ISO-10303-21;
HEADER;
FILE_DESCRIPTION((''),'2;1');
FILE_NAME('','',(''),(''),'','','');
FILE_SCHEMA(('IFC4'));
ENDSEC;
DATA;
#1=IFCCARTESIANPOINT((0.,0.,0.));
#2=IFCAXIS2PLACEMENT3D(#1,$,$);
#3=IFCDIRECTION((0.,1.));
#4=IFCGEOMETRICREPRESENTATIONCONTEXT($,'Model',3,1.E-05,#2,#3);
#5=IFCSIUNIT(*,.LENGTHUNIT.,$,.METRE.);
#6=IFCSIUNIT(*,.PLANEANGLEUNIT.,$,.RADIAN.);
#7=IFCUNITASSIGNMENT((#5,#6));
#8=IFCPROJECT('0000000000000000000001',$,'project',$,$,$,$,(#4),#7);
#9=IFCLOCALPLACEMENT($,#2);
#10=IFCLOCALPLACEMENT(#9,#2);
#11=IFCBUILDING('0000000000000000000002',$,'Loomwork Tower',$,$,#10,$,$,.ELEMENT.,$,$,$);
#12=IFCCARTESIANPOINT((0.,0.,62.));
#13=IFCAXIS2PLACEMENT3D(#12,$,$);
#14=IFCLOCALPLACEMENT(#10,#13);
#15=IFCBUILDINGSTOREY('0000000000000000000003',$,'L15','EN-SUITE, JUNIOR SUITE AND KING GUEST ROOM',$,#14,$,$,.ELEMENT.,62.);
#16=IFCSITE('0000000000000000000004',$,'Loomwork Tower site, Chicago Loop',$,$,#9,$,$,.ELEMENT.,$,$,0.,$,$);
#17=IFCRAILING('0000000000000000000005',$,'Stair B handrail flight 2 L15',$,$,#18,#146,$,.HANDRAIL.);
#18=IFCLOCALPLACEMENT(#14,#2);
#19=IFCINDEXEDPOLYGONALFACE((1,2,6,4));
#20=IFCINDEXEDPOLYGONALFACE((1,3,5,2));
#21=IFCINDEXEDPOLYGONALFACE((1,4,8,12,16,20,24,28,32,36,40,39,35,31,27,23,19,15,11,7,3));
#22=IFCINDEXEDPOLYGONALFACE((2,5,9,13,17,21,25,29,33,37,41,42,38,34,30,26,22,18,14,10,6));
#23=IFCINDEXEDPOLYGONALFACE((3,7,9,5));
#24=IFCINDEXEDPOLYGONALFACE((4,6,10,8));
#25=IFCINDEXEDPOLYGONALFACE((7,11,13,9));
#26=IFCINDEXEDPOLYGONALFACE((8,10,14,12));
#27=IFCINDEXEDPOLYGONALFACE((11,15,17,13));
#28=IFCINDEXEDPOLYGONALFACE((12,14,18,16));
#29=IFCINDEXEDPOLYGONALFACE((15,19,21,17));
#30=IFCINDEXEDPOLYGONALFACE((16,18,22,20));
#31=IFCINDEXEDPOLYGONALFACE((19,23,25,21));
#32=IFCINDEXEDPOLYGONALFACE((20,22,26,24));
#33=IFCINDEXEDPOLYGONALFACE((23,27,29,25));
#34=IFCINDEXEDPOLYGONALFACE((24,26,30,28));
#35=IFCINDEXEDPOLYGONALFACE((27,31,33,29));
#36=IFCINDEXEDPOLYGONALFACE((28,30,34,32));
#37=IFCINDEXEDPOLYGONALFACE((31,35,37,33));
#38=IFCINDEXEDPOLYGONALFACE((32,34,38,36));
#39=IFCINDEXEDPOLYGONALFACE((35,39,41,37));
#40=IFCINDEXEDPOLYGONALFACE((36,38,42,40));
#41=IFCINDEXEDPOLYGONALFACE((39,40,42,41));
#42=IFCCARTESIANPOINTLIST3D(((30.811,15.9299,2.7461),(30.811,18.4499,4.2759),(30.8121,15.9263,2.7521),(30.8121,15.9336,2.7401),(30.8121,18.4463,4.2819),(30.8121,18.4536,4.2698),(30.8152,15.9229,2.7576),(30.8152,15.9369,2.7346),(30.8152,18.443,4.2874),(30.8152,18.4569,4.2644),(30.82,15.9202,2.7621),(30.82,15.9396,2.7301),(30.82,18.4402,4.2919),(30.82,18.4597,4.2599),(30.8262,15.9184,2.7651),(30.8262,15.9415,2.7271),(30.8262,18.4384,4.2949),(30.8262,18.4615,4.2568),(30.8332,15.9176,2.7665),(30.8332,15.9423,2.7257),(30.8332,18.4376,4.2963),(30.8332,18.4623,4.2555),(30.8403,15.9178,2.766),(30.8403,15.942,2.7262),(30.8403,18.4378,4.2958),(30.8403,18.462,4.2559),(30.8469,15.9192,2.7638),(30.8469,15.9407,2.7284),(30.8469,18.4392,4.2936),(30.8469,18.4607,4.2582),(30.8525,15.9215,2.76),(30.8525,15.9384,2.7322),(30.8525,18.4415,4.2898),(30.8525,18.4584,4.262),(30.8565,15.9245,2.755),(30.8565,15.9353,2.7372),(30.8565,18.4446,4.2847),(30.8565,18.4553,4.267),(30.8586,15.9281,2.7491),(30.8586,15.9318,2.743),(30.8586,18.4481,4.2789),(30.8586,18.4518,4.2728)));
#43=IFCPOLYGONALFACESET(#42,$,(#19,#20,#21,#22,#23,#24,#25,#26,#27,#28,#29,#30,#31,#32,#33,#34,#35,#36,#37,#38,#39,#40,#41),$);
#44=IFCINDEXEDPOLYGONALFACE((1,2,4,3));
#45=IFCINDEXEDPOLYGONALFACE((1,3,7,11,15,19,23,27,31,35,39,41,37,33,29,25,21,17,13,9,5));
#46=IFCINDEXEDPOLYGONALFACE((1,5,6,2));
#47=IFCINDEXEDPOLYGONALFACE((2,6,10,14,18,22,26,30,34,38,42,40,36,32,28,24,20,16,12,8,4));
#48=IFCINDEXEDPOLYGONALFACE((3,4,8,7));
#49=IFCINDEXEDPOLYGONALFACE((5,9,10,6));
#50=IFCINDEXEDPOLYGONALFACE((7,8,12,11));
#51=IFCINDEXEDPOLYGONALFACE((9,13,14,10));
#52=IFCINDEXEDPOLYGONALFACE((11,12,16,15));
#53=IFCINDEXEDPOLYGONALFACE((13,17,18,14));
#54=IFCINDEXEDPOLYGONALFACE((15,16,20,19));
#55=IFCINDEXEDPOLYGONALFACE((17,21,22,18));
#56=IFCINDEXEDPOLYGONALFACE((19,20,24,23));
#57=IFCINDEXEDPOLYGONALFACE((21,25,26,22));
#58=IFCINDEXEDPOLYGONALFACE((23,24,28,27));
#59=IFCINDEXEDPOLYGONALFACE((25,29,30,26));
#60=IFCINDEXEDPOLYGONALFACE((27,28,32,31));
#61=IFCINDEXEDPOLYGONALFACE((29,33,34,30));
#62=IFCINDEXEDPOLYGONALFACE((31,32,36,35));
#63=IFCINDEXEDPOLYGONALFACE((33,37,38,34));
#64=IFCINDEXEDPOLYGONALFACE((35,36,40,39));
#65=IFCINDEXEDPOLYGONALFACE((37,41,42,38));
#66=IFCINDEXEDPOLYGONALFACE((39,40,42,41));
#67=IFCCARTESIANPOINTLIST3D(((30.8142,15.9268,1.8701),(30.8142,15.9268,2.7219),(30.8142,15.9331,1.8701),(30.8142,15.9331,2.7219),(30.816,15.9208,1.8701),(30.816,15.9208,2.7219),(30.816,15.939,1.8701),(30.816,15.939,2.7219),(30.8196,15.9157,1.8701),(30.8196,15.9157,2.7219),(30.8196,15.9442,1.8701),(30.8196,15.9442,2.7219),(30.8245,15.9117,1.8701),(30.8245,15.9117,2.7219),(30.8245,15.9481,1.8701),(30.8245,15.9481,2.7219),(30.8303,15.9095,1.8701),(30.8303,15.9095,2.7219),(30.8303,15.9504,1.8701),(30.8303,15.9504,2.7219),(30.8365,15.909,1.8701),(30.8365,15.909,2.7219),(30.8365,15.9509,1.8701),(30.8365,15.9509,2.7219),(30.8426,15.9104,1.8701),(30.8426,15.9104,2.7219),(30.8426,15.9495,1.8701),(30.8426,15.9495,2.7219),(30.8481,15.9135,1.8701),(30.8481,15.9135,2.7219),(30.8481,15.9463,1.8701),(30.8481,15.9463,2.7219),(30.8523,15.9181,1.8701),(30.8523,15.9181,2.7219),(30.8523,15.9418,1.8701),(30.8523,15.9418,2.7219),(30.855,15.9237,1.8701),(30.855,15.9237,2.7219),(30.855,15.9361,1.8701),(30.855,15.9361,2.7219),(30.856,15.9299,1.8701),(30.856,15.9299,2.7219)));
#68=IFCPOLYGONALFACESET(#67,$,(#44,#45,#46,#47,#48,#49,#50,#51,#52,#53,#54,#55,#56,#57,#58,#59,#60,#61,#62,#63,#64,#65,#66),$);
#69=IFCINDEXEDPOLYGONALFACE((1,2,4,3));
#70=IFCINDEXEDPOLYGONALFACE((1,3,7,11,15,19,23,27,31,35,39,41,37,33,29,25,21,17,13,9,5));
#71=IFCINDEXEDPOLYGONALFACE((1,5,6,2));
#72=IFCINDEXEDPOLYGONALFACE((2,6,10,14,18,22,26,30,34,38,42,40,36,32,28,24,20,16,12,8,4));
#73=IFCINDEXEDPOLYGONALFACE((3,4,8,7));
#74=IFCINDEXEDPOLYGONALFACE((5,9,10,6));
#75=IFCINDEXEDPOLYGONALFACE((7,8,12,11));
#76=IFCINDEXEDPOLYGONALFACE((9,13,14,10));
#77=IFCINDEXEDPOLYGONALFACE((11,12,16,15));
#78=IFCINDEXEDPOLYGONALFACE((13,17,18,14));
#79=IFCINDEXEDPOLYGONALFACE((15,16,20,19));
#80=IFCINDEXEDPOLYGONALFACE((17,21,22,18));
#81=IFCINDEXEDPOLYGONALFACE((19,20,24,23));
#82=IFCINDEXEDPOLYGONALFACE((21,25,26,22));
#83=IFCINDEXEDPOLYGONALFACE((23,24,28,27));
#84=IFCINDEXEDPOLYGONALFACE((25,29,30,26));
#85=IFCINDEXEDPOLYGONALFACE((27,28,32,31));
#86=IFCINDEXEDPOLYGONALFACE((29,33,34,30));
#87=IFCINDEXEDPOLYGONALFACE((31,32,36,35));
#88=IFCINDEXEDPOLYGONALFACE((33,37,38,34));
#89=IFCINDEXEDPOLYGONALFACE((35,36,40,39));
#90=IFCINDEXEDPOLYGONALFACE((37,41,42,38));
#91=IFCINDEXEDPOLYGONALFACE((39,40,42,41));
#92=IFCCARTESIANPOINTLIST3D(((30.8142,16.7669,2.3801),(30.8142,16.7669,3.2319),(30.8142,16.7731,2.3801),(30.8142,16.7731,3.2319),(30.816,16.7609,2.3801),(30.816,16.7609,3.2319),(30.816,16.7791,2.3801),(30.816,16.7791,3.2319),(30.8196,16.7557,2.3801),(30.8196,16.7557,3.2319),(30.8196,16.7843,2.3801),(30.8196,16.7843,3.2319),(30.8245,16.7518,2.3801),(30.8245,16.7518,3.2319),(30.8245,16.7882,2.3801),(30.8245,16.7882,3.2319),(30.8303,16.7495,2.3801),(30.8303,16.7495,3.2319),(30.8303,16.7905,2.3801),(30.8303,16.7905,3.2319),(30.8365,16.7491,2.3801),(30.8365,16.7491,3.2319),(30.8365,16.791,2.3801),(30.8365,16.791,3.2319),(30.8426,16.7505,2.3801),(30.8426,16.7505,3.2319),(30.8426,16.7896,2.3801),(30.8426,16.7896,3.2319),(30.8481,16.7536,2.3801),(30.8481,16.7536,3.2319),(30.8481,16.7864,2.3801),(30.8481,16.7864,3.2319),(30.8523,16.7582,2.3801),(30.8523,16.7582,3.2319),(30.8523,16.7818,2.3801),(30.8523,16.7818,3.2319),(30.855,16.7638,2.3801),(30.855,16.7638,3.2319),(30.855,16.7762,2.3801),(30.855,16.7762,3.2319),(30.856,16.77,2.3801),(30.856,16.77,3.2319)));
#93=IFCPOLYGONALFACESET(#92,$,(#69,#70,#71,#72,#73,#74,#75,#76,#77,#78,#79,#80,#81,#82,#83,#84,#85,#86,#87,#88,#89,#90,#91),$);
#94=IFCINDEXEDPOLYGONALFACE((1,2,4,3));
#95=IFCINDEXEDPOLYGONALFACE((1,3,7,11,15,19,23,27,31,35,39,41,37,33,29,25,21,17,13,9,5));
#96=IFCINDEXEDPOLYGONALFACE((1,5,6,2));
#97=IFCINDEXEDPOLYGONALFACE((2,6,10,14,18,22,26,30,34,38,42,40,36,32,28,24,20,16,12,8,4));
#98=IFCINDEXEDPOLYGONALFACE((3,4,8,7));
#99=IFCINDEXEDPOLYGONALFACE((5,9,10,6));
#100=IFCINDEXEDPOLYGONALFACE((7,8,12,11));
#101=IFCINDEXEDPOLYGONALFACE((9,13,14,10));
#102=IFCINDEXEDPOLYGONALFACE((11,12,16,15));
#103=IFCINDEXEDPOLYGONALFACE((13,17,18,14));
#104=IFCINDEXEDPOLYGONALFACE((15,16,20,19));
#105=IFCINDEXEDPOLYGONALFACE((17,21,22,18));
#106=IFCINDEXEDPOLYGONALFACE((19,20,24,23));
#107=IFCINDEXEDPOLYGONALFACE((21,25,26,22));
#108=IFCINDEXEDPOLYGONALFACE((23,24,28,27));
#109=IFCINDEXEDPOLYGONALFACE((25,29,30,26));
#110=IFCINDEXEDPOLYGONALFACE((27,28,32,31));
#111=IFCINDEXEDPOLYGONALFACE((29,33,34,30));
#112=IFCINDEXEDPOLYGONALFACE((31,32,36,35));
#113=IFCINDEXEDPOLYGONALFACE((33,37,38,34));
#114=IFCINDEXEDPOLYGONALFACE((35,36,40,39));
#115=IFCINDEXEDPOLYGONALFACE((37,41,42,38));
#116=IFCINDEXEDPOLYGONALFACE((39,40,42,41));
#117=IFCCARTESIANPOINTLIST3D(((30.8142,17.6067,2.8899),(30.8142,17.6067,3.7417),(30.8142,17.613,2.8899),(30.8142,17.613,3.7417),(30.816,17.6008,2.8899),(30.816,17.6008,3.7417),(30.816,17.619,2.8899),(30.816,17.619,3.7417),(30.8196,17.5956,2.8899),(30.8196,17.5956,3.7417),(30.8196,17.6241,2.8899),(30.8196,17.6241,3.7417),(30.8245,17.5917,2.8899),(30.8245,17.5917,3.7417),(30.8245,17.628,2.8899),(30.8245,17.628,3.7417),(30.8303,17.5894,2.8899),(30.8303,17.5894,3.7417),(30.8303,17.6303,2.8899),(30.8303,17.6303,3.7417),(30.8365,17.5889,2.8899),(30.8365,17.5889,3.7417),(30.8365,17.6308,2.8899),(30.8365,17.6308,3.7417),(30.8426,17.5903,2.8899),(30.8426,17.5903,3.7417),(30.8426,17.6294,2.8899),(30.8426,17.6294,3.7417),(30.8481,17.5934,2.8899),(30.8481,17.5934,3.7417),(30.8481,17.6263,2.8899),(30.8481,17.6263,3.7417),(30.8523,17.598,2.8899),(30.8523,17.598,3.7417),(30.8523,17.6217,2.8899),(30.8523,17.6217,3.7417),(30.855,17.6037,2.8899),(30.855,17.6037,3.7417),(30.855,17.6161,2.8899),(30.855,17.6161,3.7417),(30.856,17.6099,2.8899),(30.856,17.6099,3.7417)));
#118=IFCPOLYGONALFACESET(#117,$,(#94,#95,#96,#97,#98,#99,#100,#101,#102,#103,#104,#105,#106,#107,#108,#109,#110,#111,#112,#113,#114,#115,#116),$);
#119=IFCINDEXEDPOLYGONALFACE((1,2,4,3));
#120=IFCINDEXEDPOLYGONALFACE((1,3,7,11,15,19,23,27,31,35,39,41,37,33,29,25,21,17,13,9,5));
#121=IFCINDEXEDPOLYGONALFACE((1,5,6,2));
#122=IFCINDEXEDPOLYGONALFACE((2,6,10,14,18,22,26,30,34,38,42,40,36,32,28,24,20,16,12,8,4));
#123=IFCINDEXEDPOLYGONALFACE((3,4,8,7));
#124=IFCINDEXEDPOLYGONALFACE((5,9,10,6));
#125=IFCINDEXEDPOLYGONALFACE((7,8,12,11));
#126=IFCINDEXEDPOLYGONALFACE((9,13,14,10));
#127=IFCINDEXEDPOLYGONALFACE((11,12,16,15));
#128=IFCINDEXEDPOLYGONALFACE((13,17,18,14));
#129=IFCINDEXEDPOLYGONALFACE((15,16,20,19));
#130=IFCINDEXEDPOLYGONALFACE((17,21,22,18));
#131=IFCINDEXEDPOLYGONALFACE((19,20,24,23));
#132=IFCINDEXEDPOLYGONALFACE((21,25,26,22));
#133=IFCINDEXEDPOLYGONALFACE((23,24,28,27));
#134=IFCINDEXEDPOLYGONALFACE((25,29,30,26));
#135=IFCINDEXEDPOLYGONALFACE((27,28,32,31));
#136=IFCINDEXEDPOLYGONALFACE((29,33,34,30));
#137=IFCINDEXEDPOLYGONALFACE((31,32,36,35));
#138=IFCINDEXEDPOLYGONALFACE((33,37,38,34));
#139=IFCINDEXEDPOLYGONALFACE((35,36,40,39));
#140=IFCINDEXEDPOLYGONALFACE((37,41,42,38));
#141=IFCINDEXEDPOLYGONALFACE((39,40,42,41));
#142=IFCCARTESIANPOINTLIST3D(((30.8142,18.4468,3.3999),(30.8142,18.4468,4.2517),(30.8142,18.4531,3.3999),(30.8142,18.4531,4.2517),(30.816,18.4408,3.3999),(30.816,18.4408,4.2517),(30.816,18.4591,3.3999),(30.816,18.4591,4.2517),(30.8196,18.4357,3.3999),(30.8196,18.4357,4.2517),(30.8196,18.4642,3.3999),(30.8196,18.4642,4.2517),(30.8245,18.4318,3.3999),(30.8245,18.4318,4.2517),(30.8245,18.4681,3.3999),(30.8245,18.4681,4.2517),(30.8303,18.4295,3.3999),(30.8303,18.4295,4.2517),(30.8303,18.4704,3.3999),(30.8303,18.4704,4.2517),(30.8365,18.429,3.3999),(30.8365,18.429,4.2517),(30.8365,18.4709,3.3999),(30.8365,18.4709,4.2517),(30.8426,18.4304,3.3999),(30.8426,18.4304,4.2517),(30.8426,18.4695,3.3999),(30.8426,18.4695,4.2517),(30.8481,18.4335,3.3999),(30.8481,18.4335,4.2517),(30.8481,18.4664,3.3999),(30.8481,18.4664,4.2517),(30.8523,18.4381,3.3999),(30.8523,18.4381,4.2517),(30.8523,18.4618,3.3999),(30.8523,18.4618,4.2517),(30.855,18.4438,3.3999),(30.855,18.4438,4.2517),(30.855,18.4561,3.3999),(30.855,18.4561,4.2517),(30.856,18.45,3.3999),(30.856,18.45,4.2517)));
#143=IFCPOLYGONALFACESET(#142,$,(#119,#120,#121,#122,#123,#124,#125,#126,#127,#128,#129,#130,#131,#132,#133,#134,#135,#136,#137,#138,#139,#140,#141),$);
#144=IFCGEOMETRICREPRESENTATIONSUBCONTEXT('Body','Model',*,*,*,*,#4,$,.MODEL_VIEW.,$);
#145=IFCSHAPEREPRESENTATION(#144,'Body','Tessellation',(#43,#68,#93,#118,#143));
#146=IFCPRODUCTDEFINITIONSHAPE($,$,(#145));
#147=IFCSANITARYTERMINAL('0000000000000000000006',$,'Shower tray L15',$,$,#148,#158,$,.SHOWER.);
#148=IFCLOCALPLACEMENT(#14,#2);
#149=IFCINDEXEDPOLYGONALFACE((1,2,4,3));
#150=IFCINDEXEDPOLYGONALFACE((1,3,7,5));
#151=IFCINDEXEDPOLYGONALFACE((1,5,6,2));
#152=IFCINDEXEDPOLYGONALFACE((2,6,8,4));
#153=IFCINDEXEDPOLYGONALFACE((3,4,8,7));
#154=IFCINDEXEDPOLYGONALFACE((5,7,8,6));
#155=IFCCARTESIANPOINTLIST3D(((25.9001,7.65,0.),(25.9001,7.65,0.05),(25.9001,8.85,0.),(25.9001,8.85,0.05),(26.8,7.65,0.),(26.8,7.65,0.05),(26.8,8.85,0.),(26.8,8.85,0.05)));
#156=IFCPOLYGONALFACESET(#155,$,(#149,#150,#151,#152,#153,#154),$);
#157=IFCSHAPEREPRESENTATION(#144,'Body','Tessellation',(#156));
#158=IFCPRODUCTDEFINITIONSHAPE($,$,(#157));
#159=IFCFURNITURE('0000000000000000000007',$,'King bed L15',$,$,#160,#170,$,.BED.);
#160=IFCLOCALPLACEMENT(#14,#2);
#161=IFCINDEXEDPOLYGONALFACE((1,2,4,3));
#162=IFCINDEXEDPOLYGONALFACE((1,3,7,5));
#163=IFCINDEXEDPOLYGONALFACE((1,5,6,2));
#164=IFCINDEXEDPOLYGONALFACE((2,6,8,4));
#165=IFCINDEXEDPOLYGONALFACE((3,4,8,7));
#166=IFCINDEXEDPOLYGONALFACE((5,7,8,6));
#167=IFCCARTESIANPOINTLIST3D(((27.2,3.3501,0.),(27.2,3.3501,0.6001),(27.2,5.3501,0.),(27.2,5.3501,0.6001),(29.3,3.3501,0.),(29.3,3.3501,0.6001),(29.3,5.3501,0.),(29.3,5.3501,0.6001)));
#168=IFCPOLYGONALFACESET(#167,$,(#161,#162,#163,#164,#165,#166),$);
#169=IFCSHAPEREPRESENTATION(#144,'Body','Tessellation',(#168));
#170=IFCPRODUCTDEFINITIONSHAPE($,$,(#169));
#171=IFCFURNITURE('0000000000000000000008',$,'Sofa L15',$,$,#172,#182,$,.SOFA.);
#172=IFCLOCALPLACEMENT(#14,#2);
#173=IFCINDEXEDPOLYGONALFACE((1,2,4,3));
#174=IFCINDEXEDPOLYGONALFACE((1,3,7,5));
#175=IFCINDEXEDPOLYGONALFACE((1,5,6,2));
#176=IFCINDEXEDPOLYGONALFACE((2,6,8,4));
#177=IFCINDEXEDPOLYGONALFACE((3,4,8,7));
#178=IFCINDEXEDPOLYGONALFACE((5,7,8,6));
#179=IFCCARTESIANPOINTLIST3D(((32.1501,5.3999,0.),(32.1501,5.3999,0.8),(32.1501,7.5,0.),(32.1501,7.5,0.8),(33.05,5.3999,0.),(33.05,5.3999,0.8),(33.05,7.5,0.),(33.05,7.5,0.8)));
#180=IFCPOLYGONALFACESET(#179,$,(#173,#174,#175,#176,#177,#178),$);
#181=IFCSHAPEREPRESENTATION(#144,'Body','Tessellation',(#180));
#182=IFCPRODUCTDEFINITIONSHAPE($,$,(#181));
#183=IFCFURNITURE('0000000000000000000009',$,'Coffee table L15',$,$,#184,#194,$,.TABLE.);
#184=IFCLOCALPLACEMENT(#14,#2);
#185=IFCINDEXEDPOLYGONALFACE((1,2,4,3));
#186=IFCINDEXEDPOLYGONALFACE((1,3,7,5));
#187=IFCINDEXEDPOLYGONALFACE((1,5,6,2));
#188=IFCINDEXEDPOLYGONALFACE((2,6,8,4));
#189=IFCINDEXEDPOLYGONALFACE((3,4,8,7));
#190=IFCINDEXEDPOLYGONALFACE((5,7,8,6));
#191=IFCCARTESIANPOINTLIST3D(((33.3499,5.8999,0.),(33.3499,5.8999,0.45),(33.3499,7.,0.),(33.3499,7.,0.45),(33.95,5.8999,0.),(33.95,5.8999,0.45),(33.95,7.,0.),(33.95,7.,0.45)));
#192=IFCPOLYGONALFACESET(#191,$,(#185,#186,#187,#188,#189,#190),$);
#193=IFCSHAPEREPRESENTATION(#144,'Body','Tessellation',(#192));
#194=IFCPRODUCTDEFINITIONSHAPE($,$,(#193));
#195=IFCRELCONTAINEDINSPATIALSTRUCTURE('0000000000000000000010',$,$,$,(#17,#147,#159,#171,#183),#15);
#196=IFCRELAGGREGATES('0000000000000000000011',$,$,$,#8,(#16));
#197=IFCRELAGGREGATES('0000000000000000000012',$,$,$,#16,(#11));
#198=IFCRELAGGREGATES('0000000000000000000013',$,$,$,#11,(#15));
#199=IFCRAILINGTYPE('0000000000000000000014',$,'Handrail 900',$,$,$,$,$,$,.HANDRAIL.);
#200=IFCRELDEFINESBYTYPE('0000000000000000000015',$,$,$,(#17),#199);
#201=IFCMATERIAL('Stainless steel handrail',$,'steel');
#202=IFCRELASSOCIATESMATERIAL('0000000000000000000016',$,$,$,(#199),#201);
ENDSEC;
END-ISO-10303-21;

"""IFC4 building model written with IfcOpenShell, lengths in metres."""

from ifc_helpers import new_model, si_unit, direction, frame, origin, origin_2d, place, context, subcontext, project, spatial, rectangle, circle, extrude, material, type_object, element, save


model = new_model("IFC4")

# Units and contexts
model_context = context("Model", 3, precision=1e-05, world=origin(), true_north=direction((0.0, 1.0)))
body_context = subcontext(model_context, "Body", "Model", "MODEL_VIEW")
ifc_project = project(units=[si_unit("LENGTHUNIT", "METRE"), si_unit("PLANEANGLEUNIT", "RADIAN")], contexts=[model_context])

# Site, building, storey
site_placement = place(None, origin())
site = spatial("IfcSite", under=ifc_project, at=site_placement, Name="Loomwork Tower site, Chicago Loop", CompositionType="ELEMENT", RefElevation=0.0)
building_placement = place(site_placement, origin())
building = spatial("IfcBuilding", under=site, at=building_placement, Name="Loomwork Tower", CompositionType="ELEMENT")
storey_placement = place(building_placement, frame((0.0, 0.0, 62.0)))
storey = spatial("IfcBuildingStorey", under=building, at=storey_placement, Name="L15", Description="EN-SUITE, JUNIOR SUITE AND KING GUEST ROOM", CompositionType="ELEMENT", Elevation=62.0)

# Railing
ifc_material_1 = material(Name="Stainless steel handrail", Category="steel")
railing_type = type_object("IfcRailingType", Name="Handrail 900", PredefinedType="HANDRAIL", material=ifc_material_1)
railing_placement = place(storey_placement, frame((30.835, 15.9299, 1.8701)))
element("IfcRailing", 1, at=railing_placement, inside=storey, type_object=railing_type, Name="Stair B handrail flight 2 L15", PredefinedType="HANDRAIL", context=body_context, shape_type="SweptSolid", body=[
    extrude(circle(Radius=0.0239, at=origin_2d()), frame((0.0, 0.0, 0.876), z_axis=(0.0, 0.854822, 0.518922), x_axis=(-1.0, 0.0, 0.0)), (0.0, 0.0, 1.0), 2.948),
    extrude(circle(Radius=0.021, at=origin_2d()), origin(), (0.0, 0.0, 1.0), 0.8518),
    extrude(circle(Radius=0.021, at=origin_2d()), frame((0.0, 0.8401, 0.51)), (0.0, 0.0, 1.0), 0.8518),
    extrude(circle(Radius=0.021, at=origin_2d()), frame((0.0, 1.6799, 1.0198)), (0.0, 0.0, 1.0), 0.8518),
    extrude(circle(Radius=0.021, at=origin_2d()), frame((0.0, 2.52, 1.5298)), (0.0, 0.0, 1.0), 0.8518),
])

# Sanitary terminal
sanitary_terminal_placement = place(storey_placement, frame((26.3501, 8.25, 0.0), z_axis=(0.0, 0.0, 1.0), x_axis=(1.0, 0.0, 0.0)))
element("IfcSanitaryTerminal", 2, at=sanitary_terminal_placement, inside=storey, Name="Shower tray L15", PredefinedType="SHOWER", context=body_context, shape_type="SweptSolid", body=[
    extrude(rectangle(XDim=0.8999, YDim=1.2, at=origin_2d()), origin(), (0.0, 0.0, 1.0), 0.05),
])

# Furniture
furniture_1_placement = place(storey_placement, frame((28.25, 4.3501, 0.0), z_axis=(0.0, 0.0, 1.0), x_axis=(1.0, 0.0, 0.0)))
element("IfcFurniture", 3, at=furniture_1_placement, inside=storey, Name="King bed L15", PredefinedType="BED", context=body_context, shape_type="SweptSolid", body=[
    extrude(rectangle(XDim=2.1001, YDim=2.0, at=origin_2d()), origin(), (0.0, 0.0, 1.0), 0.6001),
])
furniture_2_placement = place(storey_placement, frame((32.6001, 6.45, 0.0), z_axis=(0.0, 0.0, 1.0), x_axis=(1.0, 0.0, 0.0)))
element("IfcFurniture", 4, at=furniture_2_placement, inside=storey, Name="Sofa L15", PredefinedType="SOFA", context=body_context, shape_type="SweptSolid", body=[
    extrude(rectangle(XDim=0.8999, YDim=2.1001, at=origin_2d()), origin(), (0.0, 0.0, 1.0), 0.8),
])
furniture_3_placement = place(storey_placement, frame((33.6499, 6.45, 0.0), z_axis=(0.0, 0.0, 1.0), x_axis=(1.0, 0.0, 0.0)))
element("IfcFurniture", 5, at=furniture_3_placement, inside=storey, Name="Coffee table L15", PredefinedType="TABLE", context=body_context, shape_type="SweptSolid", body=[
    extrude(rectangle(XDim=0.6001, YDim=1.1001, at=origin_2d()), origin(), (0.0, 0.0, 1.0), 0.45),
])

save(model, "model.ifc")
